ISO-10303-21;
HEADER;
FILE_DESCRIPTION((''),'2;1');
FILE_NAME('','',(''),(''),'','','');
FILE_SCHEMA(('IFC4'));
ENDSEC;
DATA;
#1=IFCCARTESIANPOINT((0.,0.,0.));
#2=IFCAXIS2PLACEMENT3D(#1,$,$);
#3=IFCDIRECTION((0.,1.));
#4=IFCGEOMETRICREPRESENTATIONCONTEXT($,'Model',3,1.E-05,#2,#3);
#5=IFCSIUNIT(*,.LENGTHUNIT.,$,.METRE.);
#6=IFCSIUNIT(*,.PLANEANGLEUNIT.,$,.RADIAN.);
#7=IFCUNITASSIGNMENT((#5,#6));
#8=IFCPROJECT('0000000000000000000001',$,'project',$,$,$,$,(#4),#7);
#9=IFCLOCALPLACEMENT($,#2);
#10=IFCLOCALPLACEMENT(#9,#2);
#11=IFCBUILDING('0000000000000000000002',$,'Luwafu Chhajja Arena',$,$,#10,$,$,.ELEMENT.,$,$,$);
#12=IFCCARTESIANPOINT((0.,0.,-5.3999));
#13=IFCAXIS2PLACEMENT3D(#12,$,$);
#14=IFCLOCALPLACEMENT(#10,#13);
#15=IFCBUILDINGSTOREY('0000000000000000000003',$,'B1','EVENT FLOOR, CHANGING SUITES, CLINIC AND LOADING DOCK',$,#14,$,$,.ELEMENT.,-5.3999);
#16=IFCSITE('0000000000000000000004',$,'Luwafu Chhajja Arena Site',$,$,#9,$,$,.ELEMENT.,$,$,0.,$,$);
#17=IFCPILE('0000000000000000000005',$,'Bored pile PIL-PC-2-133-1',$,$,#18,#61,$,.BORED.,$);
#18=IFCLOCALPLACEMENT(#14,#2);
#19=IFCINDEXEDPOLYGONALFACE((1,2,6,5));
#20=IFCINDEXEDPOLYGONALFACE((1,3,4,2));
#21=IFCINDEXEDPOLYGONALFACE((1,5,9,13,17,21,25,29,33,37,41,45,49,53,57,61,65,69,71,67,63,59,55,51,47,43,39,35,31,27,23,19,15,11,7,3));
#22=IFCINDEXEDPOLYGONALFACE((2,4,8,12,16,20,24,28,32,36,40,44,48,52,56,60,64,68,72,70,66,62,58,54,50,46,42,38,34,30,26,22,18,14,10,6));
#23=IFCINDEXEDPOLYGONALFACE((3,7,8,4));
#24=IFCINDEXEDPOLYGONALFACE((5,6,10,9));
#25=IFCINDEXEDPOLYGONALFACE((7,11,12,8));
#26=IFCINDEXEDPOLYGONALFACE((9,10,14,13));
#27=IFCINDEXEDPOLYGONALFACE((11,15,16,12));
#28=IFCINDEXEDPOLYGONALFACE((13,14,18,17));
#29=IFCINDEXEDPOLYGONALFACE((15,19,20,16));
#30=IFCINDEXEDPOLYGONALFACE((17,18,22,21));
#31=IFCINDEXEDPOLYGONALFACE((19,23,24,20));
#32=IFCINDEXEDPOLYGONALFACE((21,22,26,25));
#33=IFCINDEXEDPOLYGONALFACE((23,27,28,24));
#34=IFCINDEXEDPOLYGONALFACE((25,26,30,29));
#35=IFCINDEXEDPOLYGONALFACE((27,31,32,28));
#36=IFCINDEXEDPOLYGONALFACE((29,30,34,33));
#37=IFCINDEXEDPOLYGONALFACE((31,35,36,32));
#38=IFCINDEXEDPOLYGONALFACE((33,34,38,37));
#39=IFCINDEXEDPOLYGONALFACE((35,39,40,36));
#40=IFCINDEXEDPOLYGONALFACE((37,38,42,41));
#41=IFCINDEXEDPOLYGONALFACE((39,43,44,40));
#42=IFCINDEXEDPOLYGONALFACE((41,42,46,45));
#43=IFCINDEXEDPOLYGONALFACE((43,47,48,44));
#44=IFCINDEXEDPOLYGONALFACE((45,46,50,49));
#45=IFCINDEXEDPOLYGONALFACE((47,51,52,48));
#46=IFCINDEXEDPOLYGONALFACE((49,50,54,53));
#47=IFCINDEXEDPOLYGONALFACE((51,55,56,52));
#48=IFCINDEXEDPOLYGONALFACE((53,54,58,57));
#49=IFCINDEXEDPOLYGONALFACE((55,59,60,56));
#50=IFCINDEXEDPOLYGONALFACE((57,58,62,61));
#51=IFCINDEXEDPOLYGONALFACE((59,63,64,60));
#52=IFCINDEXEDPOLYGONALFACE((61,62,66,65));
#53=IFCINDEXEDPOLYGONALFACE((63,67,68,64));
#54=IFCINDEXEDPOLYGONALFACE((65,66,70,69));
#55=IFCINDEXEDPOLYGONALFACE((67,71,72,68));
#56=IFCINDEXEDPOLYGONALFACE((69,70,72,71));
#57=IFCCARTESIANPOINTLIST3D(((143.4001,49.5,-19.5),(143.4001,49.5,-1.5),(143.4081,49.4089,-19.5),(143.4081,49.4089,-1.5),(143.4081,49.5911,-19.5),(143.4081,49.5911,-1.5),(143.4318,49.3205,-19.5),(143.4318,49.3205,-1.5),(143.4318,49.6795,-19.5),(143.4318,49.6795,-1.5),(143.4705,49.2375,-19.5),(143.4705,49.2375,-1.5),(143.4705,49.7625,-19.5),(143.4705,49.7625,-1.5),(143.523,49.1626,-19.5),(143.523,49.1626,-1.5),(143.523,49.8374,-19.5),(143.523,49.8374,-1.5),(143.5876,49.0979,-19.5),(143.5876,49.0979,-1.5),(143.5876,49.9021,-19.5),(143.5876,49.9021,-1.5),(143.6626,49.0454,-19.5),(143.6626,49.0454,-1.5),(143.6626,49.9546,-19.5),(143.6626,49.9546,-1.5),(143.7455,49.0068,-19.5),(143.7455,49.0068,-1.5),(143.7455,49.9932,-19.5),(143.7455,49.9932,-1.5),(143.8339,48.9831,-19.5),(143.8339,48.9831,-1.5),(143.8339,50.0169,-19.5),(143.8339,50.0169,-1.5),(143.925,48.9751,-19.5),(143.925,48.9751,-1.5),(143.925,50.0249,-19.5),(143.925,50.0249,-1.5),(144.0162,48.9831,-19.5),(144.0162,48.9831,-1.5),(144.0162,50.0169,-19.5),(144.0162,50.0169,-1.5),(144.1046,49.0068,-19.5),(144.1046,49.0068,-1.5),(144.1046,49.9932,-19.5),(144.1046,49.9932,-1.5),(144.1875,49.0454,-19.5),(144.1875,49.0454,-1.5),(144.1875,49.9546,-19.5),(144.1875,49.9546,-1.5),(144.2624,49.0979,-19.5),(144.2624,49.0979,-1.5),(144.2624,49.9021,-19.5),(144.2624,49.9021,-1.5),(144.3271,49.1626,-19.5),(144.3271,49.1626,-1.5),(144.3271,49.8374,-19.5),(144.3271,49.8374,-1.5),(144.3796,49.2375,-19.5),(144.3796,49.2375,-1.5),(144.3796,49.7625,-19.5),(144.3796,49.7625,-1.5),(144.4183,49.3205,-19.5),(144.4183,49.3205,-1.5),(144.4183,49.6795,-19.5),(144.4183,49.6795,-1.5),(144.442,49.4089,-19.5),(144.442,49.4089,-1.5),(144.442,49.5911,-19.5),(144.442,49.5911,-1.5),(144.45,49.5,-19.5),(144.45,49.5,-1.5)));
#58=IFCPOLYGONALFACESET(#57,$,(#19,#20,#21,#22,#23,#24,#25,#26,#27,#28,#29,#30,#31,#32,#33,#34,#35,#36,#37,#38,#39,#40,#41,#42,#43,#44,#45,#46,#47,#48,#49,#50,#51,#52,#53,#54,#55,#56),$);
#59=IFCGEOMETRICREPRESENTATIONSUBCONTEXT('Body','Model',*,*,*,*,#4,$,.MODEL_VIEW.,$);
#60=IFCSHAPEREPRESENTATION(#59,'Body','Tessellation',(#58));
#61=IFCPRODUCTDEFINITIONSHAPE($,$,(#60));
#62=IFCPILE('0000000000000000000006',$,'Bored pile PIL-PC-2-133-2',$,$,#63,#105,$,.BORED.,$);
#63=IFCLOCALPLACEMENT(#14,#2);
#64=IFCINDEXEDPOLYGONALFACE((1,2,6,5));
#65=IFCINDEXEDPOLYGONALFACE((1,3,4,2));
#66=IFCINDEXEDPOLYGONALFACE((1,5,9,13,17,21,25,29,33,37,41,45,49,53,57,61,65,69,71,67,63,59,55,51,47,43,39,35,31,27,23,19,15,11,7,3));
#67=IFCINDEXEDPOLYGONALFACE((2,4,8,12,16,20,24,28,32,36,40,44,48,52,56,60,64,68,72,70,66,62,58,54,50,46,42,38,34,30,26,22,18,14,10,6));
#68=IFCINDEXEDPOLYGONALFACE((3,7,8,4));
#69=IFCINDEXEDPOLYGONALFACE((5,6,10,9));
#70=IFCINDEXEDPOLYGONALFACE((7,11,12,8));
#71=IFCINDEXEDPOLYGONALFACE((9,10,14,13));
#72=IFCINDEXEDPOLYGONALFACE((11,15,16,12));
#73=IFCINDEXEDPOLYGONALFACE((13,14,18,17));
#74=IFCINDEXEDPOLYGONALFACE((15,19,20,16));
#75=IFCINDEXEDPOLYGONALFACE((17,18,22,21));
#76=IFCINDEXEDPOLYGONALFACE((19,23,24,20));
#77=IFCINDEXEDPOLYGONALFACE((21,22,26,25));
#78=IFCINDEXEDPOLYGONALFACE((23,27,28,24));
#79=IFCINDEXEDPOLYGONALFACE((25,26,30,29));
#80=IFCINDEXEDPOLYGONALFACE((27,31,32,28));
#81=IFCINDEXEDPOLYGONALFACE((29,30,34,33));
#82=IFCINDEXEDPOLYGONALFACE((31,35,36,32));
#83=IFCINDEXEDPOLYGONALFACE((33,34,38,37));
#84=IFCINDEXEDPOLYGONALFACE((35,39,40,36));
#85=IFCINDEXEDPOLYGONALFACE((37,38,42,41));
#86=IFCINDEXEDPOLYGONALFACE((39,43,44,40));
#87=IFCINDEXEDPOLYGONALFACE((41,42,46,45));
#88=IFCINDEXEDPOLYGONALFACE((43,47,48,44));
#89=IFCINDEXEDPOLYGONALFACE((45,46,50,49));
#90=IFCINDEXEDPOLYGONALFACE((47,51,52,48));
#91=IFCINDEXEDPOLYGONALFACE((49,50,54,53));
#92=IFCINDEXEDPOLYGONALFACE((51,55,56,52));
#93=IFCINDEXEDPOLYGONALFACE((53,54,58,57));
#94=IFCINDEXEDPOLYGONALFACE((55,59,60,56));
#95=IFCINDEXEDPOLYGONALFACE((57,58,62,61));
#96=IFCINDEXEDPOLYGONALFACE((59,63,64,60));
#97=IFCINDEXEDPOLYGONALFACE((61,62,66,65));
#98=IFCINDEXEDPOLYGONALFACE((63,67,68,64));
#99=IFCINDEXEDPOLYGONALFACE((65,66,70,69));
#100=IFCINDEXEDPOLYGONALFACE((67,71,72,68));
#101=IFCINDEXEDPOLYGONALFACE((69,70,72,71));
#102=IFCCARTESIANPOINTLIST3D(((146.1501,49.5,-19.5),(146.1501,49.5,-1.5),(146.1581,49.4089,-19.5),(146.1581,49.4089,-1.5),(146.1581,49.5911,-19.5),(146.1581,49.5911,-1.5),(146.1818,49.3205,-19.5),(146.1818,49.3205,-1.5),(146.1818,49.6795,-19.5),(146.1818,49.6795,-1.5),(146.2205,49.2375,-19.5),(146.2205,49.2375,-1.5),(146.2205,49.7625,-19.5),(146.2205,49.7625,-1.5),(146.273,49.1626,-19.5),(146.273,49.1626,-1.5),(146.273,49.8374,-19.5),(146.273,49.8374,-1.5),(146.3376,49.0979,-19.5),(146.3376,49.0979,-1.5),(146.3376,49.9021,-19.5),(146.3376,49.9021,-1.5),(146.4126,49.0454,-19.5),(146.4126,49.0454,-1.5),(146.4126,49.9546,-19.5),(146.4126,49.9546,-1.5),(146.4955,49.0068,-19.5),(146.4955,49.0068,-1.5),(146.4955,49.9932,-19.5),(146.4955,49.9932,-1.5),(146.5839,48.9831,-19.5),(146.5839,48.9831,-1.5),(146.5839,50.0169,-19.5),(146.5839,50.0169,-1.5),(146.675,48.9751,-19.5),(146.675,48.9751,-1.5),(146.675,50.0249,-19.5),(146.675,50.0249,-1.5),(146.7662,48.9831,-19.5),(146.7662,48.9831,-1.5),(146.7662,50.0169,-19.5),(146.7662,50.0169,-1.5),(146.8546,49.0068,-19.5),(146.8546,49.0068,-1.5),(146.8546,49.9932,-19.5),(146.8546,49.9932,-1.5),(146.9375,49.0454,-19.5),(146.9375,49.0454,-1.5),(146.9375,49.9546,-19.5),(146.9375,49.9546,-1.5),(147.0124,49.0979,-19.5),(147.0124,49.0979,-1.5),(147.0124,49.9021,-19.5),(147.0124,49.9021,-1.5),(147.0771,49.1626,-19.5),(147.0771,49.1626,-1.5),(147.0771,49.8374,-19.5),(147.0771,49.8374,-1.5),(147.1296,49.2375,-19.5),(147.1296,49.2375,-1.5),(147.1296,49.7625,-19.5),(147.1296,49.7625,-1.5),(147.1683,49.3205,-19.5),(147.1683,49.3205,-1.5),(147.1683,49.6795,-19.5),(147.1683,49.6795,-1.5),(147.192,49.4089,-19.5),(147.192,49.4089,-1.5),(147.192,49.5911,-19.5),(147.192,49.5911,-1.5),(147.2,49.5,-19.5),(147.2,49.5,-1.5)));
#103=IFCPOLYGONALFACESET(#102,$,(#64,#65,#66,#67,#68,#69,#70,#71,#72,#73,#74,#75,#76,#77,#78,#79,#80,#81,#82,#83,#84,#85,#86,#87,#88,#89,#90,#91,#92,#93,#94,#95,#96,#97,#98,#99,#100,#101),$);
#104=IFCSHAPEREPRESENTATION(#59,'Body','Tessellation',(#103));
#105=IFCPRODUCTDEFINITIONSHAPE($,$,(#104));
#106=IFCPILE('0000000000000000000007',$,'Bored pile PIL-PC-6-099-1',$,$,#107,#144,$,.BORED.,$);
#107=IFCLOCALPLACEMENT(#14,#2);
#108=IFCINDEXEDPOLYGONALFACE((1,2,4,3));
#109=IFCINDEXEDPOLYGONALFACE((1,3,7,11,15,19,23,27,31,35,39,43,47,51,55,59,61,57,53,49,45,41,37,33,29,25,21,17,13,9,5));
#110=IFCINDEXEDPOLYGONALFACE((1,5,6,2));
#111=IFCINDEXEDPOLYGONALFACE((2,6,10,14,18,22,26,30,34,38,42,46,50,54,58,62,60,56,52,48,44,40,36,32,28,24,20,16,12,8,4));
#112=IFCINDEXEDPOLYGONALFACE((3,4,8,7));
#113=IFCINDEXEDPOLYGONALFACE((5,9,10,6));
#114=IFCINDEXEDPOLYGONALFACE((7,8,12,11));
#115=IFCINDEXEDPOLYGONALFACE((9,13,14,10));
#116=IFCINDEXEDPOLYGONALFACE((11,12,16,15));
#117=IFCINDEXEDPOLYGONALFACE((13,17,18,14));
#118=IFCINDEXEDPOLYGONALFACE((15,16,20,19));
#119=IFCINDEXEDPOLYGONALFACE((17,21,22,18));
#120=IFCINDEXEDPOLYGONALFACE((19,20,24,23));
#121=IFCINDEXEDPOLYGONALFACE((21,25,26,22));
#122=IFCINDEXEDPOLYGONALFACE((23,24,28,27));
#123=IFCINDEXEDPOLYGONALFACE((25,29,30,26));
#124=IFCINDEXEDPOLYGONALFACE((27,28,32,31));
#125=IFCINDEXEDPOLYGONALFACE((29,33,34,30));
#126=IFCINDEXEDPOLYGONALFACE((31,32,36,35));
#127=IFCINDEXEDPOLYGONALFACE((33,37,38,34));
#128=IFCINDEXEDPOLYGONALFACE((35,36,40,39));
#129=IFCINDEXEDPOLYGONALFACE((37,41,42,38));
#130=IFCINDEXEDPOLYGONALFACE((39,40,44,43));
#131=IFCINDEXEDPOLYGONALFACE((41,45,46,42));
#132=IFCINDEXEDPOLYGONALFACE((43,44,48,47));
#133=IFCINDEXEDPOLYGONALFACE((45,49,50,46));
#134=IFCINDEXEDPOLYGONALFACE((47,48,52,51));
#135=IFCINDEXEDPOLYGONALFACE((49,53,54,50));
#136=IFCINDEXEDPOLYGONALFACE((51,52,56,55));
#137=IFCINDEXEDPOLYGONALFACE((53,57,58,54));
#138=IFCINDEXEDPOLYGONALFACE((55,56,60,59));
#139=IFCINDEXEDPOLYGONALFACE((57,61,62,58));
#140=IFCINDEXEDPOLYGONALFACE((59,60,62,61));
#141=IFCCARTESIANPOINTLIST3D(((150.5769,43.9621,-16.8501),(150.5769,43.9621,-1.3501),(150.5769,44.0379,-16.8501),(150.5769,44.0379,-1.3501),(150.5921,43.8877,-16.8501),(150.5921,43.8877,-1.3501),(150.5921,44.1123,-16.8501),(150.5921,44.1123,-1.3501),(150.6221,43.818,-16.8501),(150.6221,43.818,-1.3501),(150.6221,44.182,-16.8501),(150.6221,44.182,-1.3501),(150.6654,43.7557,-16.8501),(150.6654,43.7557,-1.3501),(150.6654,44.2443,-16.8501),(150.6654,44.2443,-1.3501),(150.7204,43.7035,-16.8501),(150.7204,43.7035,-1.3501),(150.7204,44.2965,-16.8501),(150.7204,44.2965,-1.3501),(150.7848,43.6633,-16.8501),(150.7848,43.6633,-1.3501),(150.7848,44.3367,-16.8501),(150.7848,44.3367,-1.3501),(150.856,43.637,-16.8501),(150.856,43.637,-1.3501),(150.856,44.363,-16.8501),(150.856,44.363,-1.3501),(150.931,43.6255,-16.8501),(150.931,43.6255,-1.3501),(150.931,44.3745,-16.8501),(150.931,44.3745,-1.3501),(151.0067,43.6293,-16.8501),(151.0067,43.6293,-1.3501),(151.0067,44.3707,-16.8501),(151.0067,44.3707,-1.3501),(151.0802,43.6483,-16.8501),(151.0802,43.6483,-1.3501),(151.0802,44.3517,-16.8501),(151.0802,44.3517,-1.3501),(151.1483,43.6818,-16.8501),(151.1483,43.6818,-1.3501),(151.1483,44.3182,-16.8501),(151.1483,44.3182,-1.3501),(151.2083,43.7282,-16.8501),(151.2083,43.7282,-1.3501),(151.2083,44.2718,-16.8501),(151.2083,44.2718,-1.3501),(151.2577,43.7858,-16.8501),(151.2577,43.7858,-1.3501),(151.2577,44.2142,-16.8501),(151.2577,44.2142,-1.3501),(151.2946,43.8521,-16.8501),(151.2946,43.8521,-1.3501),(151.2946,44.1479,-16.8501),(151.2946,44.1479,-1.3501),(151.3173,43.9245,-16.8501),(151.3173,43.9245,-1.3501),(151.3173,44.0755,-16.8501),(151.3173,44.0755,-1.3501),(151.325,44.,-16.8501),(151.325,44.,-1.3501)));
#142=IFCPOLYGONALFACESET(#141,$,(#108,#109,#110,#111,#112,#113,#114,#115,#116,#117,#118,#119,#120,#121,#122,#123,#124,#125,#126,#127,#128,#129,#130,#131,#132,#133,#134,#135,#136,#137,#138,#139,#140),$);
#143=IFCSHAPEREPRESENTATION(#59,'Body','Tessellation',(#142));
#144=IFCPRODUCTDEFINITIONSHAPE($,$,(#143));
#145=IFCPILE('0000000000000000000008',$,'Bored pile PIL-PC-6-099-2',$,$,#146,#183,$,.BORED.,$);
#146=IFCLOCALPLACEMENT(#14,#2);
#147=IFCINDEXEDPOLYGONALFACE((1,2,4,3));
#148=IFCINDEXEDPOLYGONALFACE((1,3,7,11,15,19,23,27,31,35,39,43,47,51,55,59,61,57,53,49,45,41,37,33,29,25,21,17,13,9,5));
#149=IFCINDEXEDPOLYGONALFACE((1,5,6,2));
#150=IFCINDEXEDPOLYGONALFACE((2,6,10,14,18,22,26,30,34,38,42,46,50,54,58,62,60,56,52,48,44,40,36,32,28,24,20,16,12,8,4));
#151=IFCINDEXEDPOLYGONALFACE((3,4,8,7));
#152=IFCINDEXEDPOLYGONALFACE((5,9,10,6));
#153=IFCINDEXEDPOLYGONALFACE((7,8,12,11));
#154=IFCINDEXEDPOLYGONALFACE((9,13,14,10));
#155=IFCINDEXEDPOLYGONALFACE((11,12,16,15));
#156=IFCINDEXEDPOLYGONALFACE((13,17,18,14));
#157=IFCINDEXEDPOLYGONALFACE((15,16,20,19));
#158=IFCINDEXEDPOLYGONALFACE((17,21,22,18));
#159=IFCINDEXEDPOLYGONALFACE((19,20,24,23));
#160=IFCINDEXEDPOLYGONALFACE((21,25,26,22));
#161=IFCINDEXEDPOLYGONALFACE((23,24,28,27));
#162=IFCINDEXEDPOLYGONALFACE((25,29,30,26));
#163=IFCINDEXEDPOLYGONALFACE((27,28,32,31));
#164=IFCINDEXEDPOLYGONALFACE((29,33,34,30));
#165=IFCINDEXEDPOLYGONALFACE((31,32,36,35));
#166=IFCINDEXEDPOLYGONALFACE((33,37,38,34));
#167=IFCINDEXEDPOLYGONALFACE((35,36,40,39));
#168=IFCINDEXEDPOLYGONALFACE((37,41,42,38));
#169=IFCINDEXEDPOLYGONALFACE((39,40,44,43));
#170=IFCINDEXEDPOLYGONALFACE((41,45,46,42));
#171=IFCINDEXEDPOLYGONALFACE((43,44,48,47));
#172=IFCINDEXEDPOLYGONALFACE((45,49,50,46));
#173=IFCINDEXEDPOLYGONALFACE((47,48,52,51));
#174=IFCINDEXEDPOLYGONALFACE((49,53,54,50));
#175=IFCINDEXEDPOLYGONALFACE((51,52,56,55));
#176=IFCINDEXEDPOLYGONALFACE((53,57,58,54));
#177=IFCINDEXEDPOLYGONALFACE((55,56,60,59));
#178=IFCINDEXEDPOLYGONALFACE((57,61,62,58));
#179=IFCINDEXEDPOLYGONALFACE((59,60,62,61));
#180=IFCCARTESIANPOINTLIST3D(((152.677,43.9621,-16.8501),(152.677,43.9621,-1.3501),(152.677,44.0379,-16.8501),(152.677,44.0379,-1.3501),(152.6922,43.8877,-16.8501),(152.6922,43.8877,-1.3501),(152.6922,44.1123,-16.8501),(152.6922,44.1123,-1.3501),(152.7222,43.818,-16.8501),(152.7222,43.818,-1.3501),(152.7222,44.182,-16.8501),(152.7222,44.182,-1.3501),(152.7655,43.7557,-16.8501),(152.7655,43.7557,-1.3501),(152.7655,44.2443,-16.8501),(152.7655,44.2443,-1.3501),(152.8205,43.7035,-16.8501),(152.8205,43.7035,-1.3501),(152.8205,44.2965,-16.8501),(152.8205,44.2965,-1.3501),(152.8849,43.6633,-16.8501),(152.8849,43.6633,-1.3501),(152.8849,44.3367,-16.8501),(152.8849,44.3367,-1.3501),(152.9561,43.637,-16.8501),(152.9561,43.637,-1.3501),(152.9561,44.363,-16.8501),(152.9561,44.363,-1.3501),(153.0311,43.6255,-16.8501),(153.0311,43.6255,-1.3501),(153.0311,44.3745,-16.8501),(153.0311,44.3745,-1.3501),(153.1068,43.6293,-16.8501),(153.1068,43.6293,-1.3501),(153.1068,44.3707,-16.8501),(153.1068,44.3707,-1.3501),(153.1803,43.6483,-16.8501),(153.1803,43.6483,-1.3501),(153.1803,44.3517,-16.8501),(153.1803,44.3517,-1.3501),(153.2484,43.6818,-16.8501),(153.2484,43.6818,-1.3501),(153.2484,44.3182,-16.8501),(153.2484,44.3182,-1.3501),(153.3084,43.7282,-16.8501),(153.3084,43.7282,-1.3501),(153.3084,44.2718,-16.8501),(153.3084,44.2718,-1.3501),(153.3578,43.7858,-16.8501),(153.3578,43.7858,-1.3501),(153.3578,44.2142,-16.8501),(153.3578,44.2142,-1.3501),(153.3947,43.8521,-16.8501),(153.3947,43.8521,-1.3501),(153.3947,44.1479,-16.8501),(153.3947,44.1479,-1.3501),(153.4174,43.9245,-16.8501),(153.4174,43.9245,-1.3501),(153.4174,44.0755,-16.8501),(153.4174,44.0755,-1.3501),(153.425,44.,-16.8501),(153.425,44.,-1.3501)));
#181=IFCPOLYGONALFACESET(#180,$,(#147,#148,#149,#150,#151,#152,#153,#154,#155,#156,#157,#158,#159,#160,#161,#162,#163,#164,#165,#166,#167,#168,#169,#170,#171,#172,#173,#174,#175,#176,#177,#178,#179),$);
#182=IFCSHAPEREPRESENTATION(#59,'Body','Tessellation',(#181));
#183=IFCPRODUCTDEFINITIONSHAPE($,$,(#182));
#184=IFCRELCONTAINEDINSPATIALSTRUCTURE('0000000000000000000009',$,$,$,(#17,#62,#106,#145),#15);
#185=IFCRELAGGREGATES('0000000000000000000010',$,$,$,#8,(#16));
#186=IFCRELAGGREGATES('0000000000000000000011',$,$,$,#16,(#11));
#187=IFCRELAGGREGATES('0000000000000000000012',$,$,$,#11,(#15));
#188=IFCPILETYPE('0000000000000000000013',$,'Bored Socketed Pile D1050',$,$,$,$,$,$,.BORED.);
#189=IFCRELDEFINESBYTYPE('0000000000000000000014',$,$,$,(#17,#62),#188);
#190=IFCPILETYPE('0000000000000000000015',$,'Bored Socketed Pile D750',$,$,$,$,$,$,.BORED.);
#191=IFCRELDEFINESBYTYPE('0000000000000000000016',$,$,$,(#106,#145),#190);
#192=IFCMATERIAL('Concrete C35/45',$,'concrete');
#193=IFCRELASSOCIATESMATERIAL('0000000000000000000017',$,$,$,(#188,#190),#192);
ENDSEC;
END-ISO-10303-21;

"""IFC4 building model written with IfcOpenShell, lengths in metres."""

from ifc_helpers import new_model, si_unit, direction, frame, origin, origin_2d, place, context, subcontext, project, spatial, circle, extrude, material, material_profile, profile_set, type_object, element, save


model = new_model("IFC4")

# Units and contexts
model_context = context("Model", 3, precision=1e-05, world=origin(), true_north=direction((0.0, 1.0)))
body_context = subcontext(model_context, "Body", "Model", "MODEL_VIEW")
ifc_project = project(units=[si_unit("LENGTHUNIT", "METRE"), si_unit("PLANEANGLEUNIT", "RADIAN")], contexts=[model_context])

# Site, building, storey
site_placement = place(None, origin())
site = spatial("IfcSite", under=ifc_project, at=site_placement, Name="Luwafu Chhajja Arena Site", CompositionType="ELEMENT", RefElevation=0.0)
building_placement = place(site_placement, origin())
building = spatial("IfcBuilding", under=site, at=building_placement, Name="Luwafu Chhajja Arena", CompositionType="ELEMENT")
storey_placement = place(building_placement, frame((0.0, 0.0, -5.3999)))
storey = spatial("IfcBuildingStorey", under=building, at=storey_placement, Name="B1", Description="EVENT FLOOR, CHANGING SUITES, CLINIC AND LOADING DOCK", CompositionType="ELEMENT", Elevation=-5.3999)

# Piles
ifc_material_1 = material(Name="Concrete C35/45", Category="concrete")
ifc_material_profile_1 = material_profile(ifc_material_1, circle(Radius=0.5249, at=origin_2d()), Name="PILE D1050")
ifc_profile_set_1 = profile_set([ifc_material_profile_1], Name="Concrete C35/45")
pile_type_1 = type_object("IfcPileType", Name="Bored Socketed Pile D1050", PredefinedType="BORED", material=ifc_profile_set_1)
for number, where, z_axis, x_axis, name in (
    (1, (143.925, 49.5, -1.5), (0.0, 0.0, -1.0), (1.0, 0.0, 0.0), "Bored pile PIL-PC-2-133-1"),
    (2, (146.675, 49.5, -1.5), (0.0, 0.0, -1.0), (1.0, 0.0, 0.0), "Bored pile PIL-PC-2-133-2"),
):
    element("IfcPile", number, at=place(storey_placement, frame(where, z_axis=z_axis, x_axis=x_axis)), inside=storey, type_object=pile_type_1, Name=name, PredefinedType="BORED", context=body_context, shape_type="SweptSolid", body=[
        extrude(circle(Radius=0.5249, at=origin_2d()), origin(), (0.0, 0.0, 1.0), 18.0),
    ])
ifc_material_profile_2 = material_profile(ifc_material_1, circle(Radius=0.375, at=origin_2d()), Name="PILE D750")
ifc_profile_set_2 = profile_set([ifc_material_profile_2], Name="Concrete C35/45")
pile_type_2 = type_object("IfcPileType", Name="Bored Socketed Pile D750", PredefinedType="BORED", material=ifc_profile_set_2)
for number, where, z_axis, x_axis, name in (
    (3, (150.95, 44.0, -1.3501), (0.0, 0.0, -1.0), (1.0, 0.0, 0.0), "Bored pile PIL-PC-6-099-1"),
    (4, (153.05, 44.0, -1.3501), (0.0, 0.0, -1.0), (1.0, 0.0, 0.0), "Bored pile PIL-PC-6-099-2"),
):
    element("IfcPile", number, at=place(storey_placement, frame(where, z_axis=z_axis, x_axis=x_axis)), inside=storey, type_object=pile_type_2, Name=name, PredefinedType="BORED", context=body_context, shape_type="SweptSolid", body=[
        extrude(circle(Radius=0.375, at=origin_2d()), origin(), (0.0, 0.0, 1.0), 15.5),
    ])

save(model, "model.ifc")
